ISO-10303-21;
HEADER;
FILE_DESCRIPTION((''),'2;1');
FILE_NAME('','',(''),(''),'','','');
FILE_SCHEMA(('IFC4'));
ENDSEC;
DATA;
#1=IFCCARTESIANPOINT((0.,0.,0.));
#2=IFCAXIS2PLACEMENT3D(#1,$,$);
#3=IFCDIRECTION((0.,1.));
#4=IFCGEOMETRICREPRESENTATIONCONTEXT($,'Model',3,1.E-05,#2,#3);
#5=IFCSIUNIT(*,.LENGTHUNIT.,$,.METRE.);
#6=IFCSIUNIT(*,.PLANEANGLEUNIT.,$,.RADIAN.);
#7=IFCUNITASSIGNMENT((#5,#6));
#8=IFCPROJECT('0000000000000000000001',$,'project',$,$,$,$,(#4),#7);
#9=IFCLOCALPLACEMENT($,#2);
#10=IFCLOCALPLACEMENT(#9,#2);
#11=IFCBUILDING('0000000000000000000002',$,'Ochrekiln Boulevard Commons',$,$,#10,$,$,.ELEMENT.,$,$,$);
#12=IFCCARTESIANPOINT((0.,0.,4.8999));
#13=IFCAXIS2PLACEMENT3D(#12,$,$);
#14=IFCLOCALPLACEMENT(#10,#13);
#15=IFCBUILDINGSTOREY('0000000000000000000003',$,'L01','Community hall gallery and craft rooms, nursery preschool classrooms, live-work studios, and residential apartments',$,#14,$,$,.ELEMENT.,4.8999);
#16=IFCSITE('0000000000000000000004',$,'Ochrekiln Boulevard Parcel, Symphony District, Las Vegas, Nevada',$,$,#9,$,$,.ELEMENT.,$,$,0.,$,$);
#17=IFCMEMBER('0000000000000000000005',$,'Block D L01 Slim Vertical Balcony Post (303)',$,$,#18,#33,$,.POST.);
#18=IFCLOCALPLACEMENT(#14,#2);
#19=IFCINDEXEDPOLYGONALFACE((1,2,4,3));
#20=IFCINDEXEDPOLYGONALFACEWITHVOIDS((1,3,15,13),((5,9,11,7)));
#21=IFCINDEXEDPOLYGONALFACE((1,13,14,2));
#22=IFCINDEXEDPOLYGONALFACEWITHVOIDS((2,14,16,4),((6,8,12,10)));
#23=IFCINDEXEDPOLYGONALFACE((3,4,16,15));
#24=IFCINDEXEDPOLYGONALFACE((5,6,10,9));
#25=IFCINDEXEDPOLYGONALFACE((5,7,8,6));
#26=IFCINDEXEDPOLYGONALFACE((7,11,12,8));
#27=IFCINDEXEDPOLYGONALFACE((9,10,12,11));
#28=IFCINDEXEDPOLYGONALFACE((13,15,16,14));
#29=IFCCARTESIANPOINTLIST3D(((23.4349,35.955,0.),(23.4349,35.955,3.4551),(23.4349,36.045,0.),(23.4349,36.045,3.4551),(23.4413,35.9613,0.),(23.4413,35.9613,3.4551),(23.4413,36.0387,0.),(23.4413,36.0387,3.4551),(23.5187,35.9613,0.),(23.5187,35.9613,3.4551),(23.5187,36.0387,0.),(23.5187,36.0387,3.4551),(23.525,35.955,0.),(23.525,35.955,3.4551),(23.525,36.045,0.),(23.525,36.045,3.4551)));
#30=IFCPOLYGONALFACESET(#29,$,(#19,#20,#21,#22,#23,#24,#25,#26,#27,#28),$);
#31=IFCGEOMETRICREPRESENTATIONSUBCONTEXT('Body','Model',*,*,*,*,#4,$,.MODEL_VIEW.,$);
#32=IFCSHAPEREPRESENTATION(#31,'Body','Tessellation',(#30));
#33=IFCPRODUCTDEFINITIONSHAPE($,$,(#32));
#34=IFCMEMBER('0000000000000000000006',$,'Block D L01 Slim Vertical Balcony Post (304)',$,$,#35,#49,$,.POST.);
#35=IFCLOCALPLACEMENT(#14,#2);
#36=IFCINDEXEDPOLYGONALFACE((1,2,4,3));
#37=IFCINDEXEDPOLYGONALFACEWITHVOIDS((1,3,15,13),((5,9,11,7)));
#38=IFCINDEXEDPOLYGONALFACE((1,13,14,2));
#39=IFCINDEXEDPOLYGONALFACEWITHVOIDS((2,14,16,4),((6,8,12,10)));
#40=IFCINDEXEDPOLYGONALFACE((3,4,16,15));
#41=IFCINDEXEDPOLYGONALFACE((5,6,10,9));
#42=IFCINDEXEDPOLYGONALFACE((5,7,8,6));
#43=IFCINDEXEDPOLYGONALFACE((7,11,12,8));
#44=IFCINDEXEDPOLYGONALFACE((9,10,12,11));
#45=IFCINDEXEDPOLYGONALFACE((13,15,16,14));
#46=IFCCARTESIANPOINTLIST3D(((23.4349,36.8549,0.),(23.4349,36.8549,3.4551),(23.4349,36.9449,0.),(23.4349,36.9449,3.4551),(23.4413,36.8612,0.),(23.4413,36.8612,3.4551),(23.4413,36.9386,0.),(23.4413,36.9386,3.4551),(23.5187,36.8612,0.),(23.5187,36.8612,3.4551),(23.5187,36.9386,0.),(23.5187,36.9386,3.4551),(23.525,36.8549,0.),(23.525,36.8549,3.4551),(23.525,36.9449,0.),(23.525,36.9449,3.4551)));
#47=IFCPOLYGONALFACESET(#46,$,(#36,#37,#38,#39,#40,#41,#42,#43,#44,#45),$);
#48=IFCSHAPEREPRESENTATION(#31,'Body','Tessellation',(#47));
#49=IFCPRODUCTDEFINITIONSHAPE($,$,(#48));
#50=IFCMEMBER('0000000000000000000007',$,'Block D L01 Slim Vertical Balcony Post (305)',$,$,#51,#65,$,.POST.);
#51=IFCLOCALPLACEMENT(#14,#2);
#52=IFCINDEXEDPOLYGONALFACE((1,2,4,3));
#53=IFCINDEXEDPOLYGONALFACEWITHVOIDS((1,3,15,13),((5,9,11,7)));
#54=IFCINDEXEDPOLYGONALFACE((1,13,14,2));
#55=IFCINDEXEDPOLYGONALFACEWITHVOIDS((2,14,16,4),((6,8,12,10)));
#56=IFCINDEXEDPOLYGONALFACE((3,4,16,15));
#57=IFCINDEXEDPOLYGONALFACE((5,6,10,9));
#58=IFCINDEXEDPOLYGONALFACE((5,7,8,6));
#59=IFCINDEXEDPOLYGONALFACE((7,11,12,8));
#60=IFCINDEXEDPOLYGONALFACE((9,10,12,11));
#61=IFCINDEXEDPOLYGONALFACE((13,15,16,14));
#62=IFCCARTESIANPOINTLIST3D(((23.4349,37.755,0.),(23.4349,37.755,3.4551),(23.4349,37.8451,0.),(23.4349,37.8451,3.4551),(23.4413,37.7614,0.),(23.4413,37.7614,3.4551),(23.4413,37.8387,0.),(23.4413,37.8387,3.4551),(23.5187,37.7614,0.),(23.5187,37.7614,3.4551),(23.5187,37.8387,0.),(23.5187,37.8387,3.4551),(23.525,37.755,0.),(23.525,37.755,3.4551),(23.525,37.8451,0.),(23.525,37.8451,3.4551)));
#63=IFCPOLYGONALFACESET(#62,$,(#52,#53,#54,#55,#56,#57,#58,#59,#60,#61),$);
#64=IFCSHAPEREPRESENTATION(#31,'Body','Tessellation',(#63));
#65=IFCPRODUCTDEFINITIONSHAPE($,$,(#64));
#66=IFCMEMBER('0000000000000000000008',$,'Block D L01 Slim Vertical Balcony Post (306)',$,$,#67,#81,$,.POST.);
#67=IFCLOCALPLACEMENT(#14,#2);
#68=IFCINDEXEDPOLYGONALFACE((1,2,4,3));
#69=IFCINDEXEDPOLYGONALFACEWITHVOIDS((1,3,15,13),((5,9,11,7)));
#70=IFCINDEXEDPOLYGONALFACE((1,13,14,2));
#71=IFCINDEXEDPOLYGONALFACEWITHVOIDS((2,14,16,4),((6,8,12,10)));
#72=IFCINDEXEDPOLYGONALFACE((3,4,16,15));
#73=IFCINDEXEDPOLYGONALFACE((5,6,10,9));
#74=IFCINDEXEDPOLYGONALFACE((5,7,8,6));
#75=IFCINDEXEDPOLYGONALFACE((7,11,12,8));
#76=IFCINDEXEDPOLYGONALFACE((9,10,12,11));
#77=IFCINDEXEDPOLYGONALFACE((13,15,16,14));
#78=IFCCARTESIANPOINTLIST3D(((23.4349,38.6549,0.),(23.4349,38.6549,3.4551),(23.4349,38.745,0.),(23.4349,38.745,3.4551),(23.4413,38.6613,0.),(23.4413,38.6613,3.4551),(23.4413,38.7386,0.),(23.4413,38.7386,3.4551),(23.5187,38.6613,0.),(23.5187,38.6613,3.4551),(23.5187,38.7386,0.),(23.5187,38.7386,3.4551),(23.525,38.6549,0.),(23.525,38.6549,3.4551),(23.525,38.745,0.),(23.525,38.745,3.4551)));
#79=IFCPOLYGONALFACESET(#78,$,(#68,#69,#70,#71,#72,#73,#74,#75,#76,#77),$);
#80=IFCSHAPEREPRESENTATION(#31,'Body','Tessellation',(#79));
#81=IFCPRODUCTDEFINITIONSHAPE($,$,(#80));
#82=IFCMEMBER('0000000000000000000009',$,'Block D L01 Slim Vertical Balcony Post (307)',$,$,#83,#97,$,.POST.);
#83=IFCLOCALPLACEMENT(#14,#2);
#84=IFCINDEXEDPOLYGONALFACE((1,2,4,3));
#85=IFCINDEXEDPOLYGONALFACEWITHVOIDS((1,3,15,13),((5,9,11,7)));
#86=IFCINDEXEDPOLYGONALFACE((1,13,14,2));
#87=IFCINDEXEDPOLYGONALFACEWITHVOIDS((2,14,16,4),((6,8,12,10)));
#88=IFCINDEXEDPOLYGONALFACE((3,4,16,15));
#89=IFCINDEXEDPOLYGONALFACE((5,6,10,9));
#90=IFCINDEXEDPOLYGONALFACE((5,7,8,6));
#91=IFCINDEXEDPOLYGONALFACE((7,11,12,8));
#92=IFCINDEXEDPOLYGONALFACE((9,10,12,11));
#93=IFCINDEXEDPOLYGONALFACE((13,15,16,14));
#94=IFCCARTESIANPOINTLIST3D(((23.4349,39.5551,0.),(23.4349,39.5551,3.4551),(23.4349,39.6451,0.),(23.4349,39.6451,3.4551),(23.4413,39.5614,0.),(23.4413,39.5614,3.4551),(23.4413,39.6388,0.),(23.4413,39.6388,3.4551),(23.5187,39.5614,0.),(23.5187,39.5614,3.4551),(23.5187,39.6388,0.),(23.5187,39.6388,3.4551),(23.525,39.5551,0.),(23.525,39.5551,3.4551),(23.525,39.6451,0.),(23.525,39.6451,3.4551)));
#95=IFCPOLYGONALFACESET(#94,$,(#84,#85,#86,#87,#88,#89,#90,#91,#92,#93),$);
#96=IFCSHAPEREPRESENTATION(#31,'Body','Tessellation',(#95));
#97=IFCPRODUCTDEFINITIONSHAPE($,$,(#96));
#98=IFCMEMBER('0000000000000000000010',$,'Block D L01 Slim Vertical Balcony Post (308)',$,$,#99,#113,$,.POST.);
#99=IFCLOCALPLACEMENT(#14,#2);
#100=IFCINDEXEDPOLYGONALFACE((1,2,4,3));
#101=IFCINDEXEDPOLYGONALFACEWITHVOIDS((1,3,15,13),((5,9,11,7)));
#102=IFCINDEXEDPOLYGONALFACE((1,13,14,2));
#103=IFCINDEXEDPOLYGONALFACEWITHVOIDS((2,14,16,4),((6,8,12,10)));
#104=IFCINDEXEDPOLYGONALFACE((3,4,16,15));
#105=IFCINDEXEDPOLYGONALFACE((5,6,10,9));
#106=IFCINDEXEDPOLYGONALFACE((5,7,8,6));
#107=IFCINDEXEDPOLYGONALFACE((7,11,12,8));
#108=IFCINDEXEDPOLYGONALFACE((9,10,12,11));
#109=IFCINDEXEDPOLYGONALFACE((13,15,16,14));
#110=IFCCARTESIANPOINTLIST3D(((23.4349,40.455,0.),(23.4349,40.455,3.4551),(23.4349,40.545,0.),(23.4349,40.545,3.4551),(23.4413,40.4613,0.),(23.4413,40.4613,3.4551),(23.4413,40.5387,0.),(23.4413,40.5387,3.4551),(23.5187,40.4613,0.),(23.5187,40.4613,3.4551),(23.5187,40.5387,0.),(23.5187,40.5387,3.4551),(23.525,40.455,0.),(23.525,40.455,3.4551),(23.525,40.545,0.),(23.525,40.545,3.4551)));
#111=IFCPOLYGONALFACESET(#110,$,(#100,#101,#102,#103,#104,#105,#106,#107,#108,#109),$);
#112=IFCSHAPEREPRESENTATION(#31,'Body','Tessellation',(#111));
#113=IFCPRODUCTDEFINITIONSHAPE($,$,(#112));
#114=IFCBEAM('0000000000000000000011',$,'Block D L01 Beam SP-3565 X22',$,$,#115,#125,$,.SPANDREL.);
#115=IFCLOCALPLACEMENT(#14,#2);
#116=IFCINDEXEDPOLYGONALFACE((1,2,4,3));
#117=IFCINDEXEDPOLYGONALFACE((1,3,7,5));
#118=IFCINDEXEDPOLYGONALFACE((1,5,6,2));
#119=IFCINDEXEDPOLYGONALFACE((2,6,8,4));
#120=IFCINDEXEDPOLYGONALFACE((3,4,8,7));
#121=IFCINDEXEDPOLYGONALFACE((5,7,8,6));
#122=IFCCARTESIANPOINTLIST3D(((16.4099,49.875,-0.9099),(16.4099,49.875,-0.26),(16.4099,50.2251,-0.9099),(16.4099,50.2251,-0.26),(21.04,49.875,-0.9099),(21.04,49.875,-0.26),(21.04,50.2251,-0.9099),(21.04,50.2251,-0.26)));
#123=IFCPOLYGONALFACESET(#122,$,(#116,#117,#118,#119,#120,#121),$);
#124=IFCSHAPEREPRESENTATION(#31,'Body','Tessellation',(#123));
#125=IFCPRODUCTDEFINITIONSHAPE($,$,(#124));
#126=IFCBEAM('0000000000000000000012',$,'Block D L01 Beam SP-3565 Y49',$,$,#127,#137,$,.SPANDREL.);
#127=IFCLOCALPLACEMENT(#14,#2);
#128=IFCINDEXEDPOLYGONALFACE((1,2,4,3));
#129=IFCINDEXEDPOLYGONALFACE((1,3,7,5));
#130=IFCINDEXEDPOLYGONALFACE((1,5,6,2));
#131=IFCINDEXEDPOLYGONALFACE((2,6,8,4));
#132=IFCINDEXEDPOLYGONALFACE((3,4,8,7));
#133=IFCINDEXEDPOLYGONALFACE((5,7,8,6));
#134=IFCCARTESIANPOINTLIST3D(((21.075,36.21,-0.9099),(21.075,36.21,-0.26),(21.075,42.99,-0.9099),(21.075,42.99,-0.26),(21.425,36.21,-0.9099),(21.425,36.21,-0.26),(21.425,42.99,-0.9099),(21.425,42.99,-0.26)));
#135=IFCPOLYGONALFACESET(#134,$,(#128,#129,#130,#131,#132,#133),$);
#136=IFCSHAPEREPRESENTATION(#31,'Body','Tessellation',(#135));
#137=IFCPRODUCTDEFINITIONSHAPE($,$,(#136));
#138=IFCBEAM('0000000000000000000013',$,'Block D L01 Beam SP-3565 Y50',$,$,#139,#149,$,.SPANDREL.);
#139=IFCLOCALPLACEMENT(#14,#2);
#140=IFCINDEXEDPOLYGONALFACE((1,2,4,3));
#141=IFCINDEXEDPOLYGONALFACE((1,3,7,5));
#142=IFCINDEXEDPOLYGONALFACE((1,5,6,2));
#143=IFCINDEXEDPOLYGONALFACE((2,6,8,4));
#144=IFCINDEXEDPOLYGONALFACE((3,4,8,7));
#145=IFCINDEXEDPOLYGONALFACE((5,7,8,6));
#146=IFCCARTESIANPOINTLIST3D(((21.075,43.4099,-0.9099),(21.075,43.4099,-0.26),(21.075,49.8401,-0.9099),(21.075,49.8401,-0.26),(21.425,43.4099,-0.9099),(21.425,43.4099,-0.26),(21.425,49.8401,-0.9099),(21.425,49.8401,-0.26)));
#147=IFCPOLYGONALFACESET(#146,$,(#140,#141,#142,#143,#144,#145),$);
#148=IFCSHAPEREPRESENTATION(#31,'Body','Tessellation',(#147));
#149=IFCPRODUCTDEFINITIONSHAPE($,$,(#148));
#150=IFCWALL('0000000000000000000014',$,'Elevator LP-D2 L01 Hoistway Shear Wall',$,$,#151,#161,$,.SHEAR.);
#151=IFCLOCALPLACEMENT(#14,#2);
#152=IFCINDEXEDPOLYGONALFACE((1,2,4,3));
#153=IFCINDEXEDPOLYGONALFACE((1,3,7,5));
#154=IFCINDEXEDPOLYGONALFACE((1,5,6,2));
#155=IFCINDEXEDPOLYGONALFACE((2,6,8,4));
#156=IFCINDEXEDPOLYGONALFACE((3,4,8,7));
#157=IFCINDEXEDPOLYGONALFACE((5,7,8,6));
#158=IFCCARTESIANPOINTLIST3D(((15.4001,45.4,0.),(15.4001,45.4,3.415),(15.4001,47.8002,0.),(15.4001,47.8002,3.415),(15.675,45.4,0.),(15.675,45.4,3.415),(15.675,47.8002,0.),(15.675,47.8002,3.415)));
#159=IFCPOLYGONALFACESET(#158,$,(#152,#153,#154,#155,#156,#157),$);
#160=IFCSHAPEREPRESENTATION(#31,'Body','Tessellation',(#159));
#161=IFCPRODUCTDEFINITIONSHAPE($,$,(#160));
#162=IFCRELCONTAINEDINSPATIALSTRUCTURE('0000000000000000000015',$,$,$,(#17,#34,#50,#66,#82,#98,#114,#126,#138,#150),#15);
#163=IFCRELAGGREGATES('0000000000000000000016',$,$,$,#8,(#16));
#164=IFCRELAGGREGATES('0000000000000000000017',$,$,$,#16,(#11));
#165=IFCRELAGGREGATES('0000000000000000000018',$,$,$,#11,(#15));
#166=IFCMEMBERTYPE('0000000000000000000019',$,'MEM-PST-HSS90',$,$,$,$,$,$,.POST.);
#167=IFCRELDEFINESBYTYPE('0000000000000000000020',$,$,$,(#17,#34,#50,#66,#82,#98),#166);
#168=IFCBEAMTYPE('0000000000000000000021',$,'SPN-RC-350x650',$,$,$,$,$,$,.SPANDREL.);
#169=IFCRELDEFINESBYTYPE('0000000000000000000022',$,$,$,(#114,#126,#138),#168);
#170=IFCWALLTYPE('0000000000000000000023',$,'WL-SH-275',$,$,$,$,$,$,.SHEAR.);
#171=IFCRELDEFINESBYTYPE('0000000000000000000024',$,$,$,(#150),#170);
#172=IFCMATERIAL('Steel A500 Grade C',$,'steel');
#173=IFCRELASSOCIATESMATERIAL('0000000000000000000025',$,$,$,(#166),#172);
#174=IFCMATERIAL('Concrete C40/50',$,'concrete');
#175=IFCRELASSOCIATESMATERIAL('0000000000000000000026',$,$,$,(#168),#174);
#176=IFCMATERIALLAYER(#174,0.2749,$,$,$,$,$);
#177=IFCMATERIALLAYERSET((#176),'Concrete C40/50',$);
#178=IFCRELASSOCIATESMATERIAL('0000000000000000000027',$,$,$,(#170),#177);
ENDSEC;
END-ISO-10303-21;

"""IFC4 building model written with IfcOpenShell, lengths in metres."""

from ifc_helpers import new_model, si_unit, direction, frame, frame_2d, origin, origin_2d, place, context, subcontext, project, spatial, rectangle, hollow_rectangle, extrude, material, layer, layer_set, material_profile, profile_set, type_object, element, save


model = new_model("IFC4")

# Units and contexts
model_context = context("Model", 3, precision=1e-05, world=origin(), true_north=direction((0.0, 1.0)))
body_context = subcontext(model_context, "Body", "Model", "MODEL_VIEW")
ifc_project = project(units=[si_unit("LENGTHUNIT", "METRE"), si_unit("PLANEANGLEUNIT", "RADIAN")], contexts=[model_context])

# Site, building, storey
site_placement = place(None, origin())
site = spatial("IfcSite", under=ifc_project, at=site_placement, Name="Ochrekiln Boulevard Parcel, Symphony District, Las Vegas, Nevada", CompositionType="ELEMENT", RefElevation=0.0)
building_placement = place(site_placement, origin())
building = spatial("IfcBuilding", under=site, at=building_placement, Name="Ochrekiln Boulevard Commons", CompositionType="ELEMENT")
storey_placement = place(building_placement, frame((0.0, 0.0, 4.8999)))
storey = spatial("IfcBuildingStorey", under=building, at=storey_placement, Name="L01", Description="Community hall gallery and craft rooms, nursery preschool classrooms, live-work studios, and residential apartments", CompositionType="ELEMENT", Elevation=4.8999)

# Shared definitions
ifc_material_1 = material(Name="Concrete C40/50", Category="concrete")

# Members
ifc_material_2 = material(Name="Steel A500 Grade C", Category="steel")
ifc_material_profile_1 = material_profile(ifc_material_2, hollow_rectangle(XDim=0.0901, YDim=0.0901, WallThickness=0.0063, at=origin_2d()), Name="HSS90X90X6.4")
ifc_profile_set_1 = profile_set([ifc_material_profile_1], Name="Steel A500 Grade C")
member_type = type_object("IfcMemberType", Name="MEM-PST-HSS90", PredefinedType="POST", material=ifc_profile_set_1)
for number, where, z_axis, x_axis, name in (
    (1, (23.48, 36.0, 0.0), (0.0, 0.0, 1.0), (1.0, 0.0, 0.0), "Block D L01 Slim Vertical Balcony Post (303)"),
    (2, (23.48, 36.8999, 0.0), (0.0, 0.0, 1.0), (1.0, 0.0, 0.0), "Block D L01 Slim Vertical Balcony Post (304)"),
    (3, (23.48, 37.8, 0.0), (0.0, 0.0, 1.0), (1.0, 0.0, 0.0), "Block D L01 Slim Vertical Balcony Post (305)"),
    (4, (23.48, 38.7, 0.0), (0.0, 0.0, 1.0), (1.0, 0.0, 0.0), "Block D L01 Slim Vertical Balcony Post (306)"),
    (5, (23.48, 39.6001, 0.0), (0.0, 0.0, 1.0), (1.0, 0.0, 0.0), "Block D L01 Slim Vertical Balcony Post (307)"),
    (6, (23.48, 40.5, 0.0), (0.0, 0.0, 1.0), (1.0, 0.0, 0.0), "Block D L01 Slim Vertical Balcony Post (308)"),
):
    element("IfcMember", number, at=place(storey_placement, frame(where, z_axis=z_axis, x_axis=x_axis)), inside=storey, type_object=member_type, Name=name, PredefinedType="POST", context=body_context, shape_type="SweptSolid", body=[
        extrude(hollow_rectangle(XDim=0.0901, YDim=0.0901, WallThickness=0.0063, at=origin_2d()), origin(), (0.0, 0.0, 1.0), 3.4551),
    ])

# Beams
ifc_material_profile_2 = material_profile(ifc_material_1, rectangle(XDim=0.3501, YDim=0.6499, at=origin_2d()), Name="RC-SPN-350x650")
ifc_profile_set_2 = profile_set([ifc_material_profile_2], Name="Concrete C40/50")
beam_type_1 = type_object("IfcBeamType", Name="SPN-RC-350x650", PredefinedType="SPANDREL", material=ifc_profile_set_2)
beam_1_placement = place(storey_placement, frame((16.4099, 50.05, -0.585), z_axis=(1.0, 0.0, 0.0), x_axis=(0.0, 1.0, 0.0)))
element("IfcBeam", 7, at=beam_1_placement, inside=storey, type_object=beam_type_1, Name="Block D L01 Beam SP-3565 X22", PredefinedType="SPANDREL", context=body_context, shape_type="SweptSolid", body=[
    extrude(rectangle(XDim=0.3501, YDim=0.6499, at=origin_2d()), origin(), (0.0, 0.0, 1.0), 4.6301),
])
beam_2_placement = place(storey_placement, frame((21.25, 36.21, -0.585), z_axis=(0.0, 1.0, 0.0), x_axis=(-1.0, 0.0, 0.0)))
element("IfcBeam", 8, at=beam_2_placement, inside=storey, type_object=beam_type_1, Name="Block D L01 Beam SP-3565 Y49", PredefinedType="SPANDREL", context=body_context, shape_type="SweptSolid", body=[
    extrude(rectangle(XDim=0.3501, YDim=0.6499, at=origin_2d()), origin(), (0.0, 0.0, 1.0), 6.78),
])
beam_3_placement = place(storey_placement, frame((21.25, 43.4099, -0.585), z_axis=(0.0, 1.0, 0.0), x_axis=(-1.0, 0.0, 0.0)))
element("IfcBeam", 9, at=beam_3_placement, inside=storey, type_object=beam_type_1, Name="Block D L01 Beam SP-3565 Y50", PredefinedType="SPANDREL", context=body_context, shape_type="SweptSolid", body=[
    extrude(rectangle(XDim=0.3501, YDim=0.6499, at=origin_2d()), origin(), (0.0, 0.0, 1.0), 6.4302),
])

# Wall
ifc_layer = layer(ifc_material_1, 0.2749)
ifc_layer_set = layer_set([ifc_layer], Name="Concrete C40/50")
wall_type = type_object("IfcWallType", Name="WL-SH-275", PredefinedType="SHEAR", material=ifc_layer_set)
wall_placement = place(storey_placement, frame((15.5376, 45.3999, 0.0), z_axis=(0.0, 0.0, 1.0), x_axis=(0.0, 1.0, 0.0)))
element("IfcWall", 10, at=wall_placement, inside=storey, type_object=wall_type, Name="Elevator LP-D2 L01 Hoistway Shear Wall", PredefinedType="SHEAR", context=body_context, shape_type="SweptSolid", body=[
    extrude(rectangle(XDim=2.4001, YDim=0.2749, at=frame_2d((1.2002, 0.0))), origin(), (0.0, 0.0, 1.0), 3.415),
])

save(model, "model.ifc")
